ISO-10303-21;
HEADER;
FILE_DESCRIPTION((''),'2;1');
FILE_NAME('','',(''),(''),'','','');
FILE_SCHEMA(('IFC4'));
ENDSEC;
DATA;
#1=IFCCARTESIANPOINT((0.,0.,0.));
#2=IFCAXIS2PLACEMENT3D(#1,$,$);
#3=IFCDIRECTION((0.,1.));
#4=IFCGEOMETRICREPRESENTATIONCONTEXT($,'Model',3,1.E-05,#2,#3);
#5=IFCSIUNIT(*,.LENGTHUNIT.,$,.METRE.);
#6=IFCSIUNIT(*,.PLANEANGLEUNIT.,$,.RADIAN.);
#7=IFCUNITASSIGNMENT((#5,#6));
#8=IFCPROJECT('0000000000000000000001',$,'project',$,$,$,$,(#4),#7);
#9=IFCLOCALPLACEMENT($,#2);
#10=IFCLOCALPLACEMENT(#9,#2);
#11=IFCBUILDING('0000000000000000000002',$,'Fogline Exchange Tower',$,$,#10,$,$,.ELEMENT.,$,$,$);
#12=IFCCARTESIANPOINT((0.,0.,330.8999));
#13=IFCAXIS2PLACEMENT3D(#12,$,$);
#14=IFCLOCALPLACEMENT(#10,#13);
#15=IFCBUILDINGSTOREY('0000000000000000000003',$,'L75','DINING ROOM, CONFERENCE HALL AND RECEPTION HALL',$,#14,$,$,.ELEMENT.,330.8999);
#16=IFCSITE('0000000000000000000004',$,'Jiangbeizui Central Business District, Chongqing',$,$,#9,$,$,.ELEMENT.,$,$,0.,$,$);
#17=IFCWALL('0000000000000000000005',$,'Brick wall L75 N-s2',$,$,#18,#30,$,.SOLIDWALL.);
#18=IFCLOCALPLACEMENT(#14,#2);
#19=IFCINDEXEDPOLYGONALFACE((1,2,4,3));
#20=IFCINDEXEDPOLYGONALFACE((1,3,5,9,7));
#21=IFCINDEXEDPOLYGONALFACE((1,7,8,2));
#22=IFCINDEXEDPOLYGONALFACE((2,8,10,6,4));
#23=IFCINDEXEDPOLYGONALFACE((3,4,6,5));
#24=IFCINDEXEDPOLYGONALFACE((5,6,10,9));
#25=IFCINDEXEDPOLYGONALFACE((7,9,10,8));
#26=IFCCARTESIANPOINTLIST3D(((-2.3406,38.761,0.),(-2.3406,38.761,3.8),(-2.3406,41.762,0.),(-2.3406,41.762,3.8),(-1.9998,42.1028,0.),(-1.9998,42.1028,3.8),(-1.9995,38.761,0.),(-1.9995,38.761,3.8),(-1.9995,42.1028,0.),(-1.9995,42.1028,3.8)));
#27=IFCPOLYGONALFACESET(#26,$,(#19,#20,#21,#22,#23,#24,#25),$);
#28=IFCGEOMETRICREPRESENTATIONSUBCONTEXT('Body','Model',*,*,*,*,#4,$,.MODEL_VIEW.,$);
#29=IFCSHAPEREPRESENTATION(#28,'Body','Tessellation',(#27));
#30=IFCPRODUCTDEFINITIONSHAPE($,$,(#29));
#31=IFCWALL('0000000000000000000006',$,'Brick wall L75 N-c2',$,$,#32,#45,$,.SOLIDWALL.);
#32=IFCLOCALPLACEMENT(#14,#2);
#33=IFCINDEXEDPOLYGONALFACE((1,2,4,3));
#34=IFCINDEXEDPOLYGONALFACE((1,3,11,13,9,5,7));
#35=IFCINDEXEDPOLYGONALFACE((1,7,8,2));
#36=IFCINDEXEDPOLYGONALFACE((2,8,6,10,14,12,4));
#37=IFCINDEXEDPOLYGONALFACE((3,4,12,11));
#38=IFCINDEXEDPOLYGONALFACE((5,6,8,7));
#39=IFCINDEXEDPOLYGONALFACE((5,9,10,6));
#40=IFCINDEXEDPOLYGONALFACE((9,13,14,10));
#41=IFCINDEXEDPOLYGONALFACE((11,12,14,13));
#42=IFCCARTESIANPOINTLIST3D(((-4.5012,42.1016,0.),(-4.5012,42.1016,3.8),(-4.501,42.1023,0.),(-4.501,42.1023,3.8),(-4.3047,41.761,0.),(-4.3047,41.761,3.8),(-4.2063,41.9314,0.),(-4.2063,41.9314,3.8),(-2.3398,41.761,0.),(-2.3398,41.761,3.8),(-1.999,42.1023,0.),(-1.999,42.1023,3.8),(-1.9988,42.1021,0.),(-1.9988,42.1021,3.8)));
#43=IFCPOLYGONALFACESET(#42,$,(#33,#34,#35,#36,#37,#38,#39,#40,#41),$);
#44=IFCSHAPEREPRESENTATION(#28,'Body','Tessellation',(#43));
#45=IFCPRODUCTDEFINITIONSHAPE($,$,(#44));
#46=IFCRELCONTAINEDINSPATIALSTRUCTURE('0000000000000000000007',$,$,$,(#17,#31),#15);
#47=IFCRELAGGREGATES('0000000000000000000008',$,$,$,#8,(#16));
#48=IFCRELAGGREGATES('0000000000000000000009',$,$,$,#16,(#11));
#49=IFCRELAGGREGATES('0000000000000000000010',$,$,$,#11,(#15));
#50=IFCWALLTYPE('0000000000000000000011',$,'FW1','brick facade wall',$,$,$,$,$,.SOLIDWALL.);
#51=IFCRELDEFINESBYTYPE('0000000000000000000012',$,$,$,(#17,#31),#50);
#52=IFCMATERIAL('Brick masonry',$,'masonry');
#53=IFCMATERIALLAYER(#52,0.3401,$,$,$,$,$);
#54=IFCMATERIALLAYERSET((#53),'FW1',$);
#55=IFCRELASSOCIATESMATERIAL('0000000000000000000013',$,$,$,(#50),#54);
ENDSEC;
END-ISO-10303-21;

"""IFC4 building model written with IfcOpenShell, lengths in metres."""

from ifc_helpers import new_model, si_unit, direction, frame, origin, place, context, subcontext, project, spatial, polyline, outline, extrude, material, layer, layer_set, type_object, element, save


model = new_model("IFC4")

# Units and contexts
model_context = context("Model", 3, precision=1e-05, world=origin(), true_north=direction((0.0, 1.0)))
body_context = subcontext(model_context, "Body", "Model", "MODEL_VIEW")
ifc_project = project(units=[si_unit("LENGTHUNIT", "METRE"), si_unit("PLANEANGLEUNIT", "RADIAN")], contexts=[model_context])

# Site, building, storey
site_placement = place(None, origin())
site = spatial("IfcSite", under=ifc_project, at=site_placement, Name="Jiangbeizui Central Business District, Chongqing", CompositionType="ELEMENT", RefElevation=0.0)
building_placement = place(site_placement, origin())
building = spatial("IfcBuilding", under=site, at=building_placement, Name="Fogline Exchange Tower", CompositionType="ELEMENT")
storey_placement = place(building_placement, frame((0.0, 0.0, 330.8999)))
storey = spatial("IfcBuildingStorey", under=building, at=storey_placement, Name="L75", Description="DINING ROOM, CONFERENCE HALL AND RECEPTION HALL", CompositionType="ELEMENT", Elevation=330.8999)

# Walls
ifc_material_1 = material(Name="Brick masonry", Category="masonry")
ifc_layer_1 = layer(ifc_material_1, 0.3401)
ifc_layer_set_1 = layer_set([ifc_layer_1], Name="FW1")
wall_type = type_object("IfcWallType", Name="FW1", Description="brick facade wall", PredefinedType="SOLIDWALL", material=ifc_layer_set_1)
wall_1_placement = place(storey_placement, origin())
element("IfcWall", 1, at=wall_1_placement, inside=storey, type_object=wall_type, Name="Brick wall L75 N-s2", PredefinedType="SOLIDWALL", context=body_context, shape_type="SweptSolid", body=[
    extrude(outline(polyline([(-1.9995, 42.1028), (-1.9995, 38.761), (-2.3406, 38.761), (-2.3406, 41.762), (-1.9998, 42.1028), (-1.9995, 42.1028)])), origin(), (0.0, 0.0, 1.0), 3.8),
])
wall_2_placement = place(storey_placement, origin())
element("IfcWall", 2, at=wall_2_placement, inside=storey, type_object=wall_type, Name="Brick wall L75 N-c2", PredefinedType="SOLIDWALL", context=body_context, shape_type="SweptSolid", body=[
    extrude(outline(polyline([(-4.3047, 41.761), (-4.2063, 41.9314), (-4.5012, 42.1016), (-4.501, 42.1023), (-1.999, 42.1023), (-1.9988, 42.1021), (-2.3398, 41.761), (-4.3047, 41.761)])), origin(), (0.0, 0.0, 1.0), 3.8),
])

save(model, "model.ifc")
